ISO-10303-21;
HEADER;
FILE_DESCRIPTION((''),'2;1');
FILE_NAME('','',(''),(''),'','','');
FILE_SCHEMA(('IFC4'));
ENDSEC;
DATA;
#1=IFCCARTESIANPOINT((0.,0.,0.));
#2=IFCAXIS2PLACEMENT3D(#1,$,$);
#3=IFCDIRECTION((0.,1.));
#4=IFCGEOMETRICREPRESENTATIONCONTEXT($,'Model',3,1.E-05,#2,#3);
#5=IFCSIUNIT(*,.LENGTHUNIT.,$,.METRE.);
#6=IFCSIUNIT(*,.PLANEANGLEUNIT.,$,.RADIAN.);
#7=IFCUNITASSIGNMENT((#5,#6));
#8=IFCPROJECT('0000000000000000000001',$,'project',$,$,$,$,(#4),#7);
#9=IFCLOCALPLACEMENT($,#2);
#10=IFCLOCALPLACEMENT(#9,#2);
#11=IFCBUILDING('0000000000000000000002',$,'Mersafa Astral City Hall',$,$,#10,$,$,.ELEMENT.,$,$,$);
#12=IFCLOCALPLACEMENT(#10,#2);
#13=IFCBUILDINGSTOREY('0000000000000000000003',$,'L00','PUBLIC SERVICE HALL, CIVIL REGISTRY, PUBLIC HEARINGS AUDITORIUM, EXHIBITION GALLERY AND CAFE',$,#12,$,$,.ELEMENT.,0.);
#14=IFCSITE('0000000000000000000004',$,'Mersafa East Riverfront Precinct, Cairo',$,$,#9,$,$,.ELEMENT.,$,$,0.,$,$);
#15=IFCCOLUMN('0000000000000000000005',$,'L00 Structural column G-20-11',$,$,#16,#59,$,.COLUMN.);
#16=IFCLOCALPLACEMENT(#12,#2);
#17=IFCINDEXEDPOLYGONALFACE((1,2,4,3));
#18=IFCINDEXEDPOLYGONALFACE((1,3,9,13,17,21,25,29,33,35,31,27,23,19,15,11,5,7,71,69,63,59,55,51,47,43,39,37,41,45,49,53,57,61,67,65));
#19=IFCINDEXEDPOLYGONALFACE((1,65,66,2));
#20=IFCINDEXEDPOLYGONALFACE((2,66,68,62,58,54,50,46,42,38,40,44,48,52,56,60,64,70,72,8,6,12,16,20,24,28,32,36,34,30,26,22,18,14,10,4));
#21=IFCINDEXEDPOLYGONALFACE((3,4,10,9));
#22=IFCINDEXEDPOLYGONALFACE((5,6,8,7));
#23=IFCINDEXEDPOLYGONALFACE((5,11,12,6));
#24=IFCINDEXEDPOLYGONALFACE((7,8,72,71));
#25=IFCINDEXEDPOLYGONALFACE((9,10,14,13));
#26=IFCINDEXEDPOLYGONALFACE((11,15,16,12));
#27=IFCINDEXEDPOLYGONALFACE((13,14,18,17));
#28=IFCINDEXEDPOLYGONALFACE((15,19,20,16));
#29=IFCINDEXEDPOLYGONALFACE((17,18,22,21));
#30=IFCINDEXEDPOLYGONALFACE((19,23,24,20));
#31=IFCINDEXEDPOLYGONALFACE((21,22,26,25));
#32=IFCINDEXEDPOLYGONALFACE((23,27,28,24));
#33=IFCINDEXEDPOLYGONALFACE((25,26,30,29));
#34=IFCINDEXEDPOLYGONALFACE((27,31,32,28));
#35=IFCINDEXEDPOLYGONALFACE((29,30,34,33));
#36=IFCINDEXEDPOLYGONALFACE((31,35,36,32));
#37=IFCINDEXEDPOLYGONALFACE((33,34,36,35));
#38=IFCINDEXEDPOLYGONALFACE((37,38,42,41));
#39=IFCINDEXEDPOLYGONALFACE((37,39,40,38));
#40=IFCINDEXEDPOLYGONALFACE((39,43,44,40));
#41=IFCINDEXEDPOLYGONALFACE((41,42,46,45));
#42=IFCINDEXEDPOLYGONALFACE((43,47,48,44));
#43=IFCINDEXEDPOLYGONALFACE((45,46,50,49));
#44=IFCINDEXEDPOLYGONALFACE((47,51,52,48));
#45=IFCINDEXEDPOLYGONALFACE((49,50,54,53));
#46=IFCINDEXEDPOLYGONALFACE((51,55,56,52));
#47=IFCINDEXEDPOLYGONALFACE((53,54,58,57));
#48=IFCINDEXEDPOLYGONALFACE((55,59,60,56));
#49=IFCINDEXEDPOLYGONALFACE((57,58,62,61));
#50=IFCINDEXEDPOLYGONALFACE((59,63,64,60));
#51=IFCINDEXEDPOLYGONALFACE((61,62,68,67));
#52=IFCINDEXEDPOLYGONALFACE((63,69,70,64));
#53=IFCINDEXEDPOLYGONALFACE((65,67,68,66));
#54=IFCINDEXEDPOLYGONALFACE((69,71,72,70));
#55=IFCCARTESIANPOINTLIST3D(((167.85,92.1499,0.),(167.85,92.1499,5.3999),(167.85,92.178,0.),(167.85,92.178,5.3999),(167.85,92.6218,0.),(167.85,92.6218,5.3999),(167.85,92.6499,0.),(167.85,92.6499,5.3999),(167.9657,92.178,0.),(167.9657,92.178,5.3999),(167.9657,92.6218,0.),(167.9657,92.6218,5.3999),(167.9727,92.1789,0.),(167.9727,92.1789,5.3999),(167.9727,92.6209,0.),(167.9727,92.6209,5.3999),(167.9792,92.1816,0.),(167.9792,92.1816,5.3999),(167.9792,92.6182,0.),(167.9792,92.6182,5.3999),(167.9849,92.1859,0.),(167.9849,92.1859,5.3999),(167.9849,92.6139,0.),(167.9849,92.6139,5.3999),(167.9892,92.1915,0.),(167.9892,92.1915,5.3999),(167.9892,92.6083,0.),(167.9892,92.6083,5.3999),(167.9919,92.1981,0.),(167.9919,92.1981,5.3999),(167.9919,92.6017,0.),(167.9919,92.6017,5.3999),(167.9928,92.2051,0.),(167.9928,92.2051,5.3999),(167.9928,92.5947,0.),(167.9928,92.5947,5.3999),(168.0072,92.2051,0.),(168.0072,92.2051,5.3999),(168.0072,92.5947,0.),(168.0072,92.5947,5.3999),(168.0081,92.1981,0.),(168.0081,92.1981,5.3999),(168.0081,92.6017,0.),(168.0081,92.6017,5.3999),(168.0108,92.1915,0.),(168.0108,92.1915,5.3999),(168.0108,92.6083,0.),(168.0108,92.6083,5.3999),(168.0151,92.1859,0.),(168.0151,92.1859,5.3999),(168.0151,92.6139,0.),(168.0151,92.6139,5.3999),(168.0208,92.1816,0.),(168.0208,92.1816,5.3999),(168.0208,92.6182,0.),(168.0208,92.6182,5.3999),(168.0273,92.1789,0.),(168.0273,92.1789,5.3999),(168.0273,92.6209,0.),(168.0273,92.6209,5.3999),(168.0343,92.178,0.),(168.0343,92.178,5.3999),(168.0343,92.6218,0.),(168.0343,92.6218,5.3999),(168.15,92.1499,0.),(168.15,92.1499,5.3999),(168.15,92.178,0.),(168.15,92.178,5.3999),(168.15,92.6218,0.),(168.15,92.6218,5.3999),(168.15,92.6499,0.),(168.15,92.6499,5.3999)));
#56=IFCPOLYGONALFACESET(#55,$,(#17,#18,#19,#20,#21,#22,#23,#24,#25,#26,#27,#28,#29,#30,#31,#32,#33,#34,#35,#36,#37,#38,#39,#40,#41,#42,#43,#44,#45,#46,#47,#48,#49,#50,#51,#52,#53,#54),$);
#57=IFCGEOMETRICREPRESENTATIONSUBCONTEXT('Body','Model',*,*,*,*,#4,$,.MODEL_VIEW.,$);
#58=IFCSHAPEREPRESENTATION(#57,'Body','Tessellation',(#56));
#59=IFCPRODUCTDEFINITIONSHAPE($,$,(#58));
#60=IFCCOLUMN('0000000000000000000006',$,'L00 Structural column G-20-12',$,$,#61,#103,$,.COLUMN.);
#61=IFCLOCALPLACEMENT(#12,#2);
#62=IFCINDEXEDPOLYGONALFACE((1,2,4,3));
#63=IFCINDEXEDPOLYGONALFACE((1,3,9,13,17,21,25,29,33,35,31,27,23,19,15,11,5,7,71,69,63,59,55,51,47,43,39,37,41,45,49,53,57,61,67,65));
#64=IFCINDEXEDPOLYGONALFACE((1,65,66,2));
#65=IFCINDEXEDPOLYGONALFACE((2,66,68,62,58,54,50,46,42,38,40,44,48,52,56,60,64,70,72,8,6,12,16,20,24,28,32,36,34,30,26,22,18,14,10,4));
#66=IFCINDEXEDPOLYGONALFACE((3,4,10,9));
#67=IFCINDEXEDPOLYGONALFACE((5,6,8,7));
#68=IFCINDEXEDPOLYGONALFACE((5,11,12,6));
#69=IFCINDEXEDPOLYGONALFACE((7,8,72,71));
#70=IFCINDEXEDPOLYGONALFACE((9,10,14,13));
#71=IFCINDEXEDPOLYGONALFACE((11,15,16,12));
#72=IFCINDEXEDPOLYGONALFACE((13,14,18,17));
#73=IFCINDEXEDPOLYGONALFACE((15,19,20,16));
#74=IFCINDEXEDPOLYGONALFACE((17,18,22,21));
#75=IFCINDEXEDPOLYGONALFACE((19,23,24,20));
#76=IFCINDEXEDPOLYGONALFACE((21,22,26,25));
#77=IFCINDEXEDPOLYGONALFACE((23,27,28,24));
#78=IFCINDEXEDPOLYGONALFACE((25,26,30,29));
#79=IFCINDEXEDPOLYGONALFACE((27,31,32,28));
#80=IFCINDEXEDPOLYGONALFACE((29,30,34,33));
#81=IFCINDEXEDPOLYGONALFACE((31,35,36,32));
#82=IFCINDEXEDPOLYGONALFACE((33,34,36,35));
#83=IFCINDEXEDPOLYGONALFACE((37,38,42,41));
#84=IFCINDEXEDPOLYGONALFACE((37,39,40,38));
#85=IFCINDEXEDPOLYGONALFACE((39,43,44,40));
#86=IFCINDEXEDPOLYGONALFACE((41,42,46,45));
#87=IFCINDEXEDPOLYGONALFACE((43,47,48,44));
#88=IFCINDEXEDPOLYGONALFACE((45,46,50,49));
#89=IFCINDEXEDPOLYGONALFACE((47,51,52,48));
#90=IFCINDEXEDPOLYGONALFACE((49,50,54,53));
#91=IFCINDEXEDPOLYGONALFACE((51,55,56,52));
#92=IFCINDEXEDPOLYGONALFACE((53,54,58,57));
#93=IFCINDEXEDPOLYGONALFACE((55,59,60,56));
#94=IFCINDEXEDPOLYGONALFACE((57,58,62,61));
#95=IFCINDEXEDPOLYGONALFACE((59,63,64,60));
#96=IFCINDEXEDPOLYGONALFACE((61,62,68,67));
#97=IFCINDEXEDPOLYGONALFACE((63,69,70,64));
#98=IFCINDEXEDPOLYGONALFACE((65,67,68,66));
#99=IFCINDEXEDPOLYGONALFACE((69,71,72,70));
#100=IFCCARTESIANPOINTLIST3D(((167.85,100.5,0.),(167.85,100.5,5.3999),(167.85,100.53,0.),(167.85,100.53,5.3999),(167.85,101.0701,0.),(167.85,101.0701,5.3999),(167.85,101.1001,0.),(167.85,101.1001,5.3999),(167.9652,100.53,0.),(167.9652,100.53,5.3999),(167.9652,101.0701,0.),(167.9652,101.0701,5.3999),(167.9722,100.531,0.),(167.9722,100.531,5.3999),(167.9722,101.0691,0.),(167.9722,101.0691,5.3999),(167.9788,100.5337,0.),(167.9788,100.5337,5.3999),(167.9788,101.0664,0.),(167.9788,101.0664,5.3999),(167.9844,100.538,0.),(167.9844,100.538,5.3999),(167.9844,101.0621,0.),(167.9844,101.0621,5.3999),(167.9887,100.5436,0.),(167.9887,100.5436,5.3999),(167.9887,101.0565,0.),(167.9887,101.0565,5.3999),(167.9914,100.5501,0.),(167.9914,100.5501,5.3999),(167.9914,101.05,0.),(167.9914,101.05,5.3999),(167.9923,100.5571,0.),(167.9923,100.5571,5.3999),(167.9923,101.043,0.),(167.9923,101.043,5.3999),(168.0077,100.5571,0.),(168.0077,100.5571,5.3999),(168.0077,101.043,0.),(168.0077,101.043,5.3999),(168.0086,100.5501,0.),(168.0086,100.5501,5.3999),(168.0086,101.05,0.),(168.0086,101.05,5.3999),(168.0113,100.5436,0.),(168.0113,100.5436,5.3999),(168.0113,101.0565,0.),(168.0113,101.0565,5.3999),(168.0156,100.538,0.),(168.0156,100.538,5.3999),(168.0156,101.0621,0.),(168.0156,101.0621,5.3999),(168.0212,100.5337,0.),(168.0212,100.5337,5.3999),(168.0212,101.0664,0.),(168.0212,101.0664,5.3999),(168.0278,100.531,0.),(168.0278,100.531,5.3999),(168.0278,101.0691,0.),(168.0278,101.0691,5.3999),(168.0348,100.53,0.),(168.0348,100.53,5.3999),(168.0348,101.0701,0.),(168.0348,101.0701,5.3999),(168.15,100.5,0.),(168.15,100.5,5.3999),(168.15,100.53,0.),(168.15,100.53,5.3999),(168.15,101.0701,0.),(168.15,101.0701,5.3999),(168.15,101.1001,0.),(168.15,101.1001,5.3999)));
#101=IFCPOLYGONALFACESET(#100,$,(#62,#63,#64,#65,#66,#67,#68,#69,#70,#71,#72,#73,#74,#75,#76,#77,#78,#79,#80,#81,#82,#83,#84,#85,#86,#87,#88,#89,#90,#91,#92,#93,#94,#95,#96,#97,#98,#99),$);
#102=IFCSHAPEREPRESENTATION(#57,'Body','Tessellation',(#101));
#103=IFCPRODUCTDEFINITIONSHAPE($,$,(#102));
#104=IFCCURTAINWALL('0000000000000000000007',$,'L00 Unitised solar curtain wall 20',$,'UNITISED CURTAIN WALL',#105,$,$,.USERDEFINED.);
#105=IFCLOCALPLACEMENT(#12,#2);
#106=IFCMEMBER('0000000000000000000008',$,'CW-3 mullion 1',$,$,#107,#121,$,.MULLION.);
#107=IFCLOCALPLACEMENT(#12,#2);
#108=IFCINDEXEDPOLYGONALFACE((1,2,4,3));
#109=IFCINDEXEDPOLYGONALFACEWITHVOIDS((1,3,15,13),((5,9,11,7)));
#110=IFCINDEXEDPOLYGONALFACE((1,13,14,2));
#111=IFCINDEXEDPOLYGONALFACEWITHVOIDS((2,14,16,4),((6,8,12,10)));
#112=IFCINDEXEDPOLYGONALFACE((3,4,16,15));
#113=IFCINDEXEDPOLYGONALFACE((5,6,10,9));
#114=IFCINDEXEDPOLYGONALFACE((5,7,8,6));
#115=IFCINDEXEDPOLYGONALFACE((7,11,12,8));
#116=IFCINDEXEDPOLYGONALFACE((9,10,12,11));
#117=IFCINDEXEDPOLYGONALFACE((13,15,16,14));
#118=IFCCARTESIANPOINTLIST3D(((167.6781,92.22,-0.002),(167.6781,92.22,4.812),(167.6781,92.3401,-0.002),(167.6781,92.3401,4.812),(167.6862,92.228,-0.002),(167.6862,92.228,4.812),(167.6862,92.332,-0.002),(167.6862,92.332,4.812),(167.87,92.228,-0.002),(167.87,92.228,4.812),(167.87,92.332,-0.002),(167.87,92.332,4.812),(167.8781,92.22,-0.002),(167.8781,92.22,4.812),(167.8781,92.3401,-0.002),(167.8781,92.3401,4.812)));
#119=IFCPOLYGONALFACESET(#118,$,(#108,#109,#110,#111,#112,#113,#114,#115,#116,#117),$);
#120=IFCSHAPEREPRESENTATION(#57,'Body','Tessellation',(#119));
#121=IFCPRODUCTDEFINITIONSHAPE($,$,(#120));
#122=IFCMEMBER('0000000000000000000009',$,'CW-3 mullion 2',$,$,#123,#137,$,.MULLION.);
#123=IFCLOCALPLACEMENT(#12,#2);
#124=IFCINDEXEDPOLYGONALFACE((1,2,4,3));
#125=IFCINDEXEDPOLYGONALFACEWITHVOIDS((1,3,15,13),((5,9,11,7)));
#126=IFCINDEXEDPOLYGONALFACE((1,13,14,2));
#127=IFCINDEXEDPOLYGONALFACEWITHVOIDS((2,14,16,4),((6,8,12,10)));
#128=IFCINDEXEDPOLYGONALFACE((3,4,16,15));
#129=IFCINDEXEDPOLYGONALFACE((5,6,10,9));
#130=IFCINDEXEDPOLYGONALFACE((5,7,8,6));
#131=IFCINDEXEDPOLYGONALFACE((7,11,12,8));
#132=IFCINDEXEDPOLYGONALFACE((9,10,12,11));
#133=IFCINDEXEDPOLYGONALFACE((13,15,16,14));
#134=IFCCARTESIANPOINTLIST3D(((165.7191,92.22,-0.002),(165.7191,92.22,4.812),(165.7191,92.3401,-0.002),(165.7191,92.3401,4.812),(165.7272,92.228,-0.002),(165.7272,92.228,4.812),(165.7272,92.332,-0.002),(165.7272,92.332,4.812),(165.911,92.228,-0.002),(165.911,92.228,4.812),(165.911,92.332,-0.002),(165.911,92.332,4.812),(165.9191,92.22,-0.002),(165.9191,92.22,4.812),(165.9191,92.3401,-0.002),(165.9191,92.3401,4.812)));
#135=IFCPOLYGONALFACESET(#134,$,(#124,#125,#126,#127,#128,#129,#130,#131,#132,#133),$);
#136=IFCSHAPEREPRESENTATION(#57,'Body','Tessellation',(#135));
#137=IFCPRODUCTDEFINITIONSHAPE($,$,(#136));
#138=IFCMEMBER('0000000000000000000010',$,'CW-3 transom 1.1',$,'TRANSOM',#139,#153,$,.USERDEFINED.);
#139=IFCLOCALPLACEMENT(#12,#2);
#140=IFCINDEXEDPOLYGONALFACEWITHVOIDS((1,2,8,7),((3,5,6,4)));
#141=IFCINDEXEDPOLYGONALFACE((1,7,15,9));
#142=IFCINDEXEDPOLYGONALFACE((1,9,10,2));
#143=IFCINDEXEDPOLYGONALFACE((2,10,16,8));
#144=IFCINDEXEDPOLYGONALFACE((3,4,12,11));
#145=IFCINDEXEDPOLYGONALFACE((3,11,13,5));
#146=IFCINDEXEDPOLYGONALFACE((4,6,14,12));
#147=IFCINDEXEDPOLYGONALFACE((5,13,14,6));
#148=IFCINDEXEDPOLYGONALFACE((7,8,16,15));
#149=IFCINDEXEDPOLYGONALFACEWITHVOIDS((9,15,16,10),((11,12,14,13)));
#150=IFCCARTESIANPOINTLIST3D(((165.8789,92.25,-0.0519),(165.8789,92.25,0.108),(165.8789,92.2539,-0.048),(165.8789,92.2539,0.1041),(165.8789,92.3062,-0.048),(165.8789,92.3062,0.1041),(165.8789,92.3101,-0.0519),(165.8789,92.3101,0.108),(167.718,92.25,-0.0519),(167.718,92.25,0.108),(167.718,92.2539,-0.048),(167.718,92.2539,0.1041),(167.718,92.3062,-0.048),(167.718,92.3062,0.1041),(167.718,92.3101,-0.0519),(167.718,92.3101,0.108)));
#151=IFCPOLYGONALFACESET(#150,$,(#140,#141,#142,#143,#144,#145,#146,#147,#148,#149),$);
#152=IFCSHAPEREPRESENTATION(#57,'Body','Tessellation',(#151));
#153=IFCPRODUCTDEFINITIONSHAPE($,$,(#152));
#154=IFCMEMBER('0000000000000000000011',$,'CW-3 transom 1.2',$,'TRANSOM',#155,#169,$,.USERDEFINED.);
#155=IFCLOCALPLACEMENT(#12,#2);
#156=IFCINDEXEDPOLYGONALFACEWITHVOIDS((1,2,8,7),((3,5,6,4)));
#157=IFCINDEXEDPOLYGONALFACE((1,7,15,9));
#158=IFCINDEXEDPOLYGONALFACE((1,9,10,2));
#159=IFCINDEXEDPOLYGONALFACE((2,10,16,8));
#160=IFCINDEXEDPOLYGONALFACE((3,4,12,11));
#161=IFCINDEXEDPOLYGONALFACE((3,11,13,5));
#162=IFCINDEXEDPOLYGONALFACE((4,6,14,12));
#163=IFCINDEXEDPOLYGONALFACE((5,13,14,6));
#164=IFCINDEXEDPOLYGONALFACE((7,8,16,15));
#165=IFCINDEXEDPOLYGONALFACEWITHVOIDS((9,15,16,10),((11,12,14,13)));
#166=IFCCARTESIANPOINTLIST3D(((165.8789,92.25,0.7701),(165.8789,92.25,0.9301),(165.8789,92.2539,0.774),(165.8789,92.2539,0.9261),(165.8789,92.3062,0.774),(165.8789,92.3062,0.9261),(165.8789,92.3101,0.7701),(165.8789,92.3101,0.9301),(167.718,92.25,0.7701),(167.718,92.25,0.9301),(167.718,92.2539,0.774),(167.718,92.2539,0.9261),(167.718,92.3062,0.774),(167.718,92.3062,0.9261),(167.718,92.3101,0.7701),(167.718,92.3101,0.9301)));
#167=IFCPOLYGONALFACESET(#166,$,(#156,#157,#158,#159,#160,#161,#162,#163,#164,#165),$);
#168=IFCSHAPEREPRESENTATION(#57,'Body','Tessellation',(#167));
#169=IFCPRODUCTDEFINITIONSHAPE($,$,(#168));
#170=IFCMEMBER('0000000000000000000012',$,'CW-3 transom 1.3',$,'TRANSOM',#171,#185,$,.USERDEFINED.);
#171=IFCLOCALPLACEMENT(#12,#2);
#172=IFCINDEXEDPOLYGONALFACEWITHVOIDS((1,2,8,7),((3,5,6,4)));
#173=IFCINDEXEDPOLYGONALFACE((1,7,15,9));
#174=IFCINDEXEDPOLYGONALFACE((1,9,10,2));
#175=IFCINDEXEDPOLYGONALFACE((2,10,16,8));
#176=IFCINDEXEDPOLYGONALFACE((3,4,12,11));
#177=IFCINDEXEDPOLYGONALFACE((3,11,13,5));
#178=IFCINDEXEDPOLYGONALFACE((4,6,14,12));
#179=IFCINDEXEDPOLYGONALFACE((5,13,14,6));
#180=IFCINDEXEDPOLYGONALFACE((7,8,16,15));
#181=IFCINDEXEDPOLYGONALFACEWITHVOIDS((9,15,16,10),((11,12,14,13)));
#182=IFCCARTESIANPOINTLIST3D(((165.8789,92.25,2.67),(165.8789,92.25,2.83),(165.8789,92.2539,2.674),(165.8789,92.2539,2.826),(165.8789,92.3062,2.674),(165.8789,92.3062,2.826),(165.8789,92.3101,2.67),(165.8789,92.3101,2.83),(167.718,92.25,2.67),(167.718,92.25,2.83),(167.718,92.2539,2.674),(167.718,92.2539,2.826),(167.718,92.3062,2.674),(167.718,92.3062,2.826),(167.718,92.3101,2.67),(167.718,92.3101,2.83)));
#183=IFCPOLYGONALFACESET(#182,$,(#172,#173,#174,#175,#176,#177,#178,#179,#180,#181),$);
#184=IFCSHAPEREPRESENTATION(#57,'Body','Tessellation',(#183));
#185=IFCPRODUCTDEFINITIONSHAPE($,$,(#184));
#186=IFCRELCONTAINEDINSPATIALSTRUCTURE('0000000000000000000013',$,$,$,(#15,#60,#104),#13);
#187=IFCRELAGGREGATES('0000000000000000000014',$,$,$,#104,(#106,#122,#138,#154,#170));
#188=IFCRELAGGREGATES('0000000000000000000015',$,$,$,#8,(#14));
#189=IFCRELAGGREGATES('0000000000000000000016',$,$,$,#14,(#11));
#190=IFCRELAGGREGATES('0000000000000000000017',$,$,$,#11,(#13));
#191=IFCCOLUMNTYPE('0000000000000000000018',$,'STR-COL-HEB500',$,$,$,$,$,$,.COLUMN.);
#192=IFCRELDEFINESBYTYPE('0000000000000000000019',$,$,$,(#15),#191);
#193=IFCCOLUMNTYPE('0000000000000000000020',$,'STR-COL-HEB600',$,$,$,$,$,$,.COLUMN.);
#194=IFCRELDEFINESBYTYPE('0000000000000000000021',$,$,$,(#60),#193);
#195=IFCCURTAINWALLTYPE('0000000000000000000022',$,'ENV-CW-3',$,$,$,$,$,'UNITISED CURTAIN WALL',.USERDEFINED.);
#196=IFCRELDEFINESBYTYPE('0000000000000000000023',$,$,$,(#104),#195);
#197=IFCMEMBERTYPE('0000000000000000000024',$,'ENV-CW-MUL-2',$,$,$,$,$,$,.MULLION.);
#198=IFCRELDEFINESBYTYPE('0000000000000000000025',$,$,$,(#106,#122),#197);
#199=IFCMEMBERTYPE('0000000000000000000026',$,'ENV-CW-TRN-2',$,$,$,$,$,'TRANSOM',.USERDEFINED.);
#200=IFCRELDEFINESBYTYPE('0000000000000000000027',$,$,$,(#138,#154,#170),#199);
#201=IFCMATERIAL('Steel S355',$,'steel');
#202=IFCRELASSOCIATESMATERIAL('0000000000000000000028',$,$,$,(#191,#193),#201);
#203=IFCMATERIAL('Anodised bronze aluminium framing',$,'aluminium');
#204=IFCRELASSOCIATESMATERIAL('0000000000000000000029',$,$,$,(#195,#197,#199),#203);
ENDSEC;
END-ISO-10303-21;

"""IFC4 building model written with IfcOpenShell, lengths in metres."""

from ifc_helpers import new_model, si_unit, direction, frame, origin, origin_2d, place, context, subcontext, project, spatial, hollow_rectangle, i_section, extrude, material, material_profile, profile_set, type_object, element, aggregate, save


model = new_model("IFC4")

# Units and contexts
model_context = context("Model", 3, precision=1e-05, world=origin(), true_north=direction((0.0, 1.0)))
body_context = subcontext(model_context, "Body", "Model", "MODEL_VIEW")
ifc_project = project(units=[si_unit("LENGTHUNIT", "METRE"), si_unit("PLANEANGLEUNIT", "RADIAN")], contexts=[model_context])

# Site, building, storey
site_placement = place(None, origin())
site = spatial("IfcSite", under=ifc_project, at=site_placement, Name="Mersafa East Riverfront Precinct, Cairo", CompositionType="ELEMENT", RefElevation=0.0)
building_placement = place(site_placement, origin())
building = spatial("IfcBuilding", under=site, at=building_placement, Name="Mersafa Astral City Hall", CompositionType="ELEMENT")
storey_placement = place(building_placement, origin())
storey = spatial("IfcBuildingStorey", under=building, at=storey_placement, Name="L00", Description="PUBLIC SERVICE HALL, CIVIL REGISTRY, PUBLIC HEARINGS AUDITORIUM, EXHIBITION GALLERY AND CAFE", CompositionType="ELEMENT", Elevation=0.0)

# Columns
ifc_material_1 = material(Name="Steel S355", Category="steel")
ifc_material_profile_1 = material_profile(ifc_material_1, i_section(OverallWidth=0.3, OverallDepth=0.5, WebThickness=0.0144, FlangeThickness=0.0281, FilletRadius=0.0271, at=origin_2d()), Name="HEB 500")
ifc_profile_set_1 = profile_set([ifc_material_profile_1], Name="Steel S355")
column_type_1 = type_object("IfcColumnType", Name="STR-COL-HEB500", PredefinedType="COLUMN", material=ifc_profile_set_1)
column_1_placement = place(storey_placement, frame((168.0, 92.3999, 0.0), z_axis=(0.0, 0.0, 1.0), x_axis=(1.0, 0.0, 0.0)))
element("IfcColumn", 1, at=column_1_placement, inside=storey, type_object=column_type_1, Name="L00 Structural column G-20-11", PredefinedType="COLUMN", context=body_context, shape_type="SweptSolid", body=[
    extrude(i_section(OverallWidth=0.3, OverallDepth=0.5, WebThickness=0.0144, FlangeThickness=0.0281, FilletRadius=0.0271, at=origin_2d()), origin(), (0.0, 0.0, 1.0), 5.3999),
])
ifc_material_profile_2 = material_profile(ifc_material_1, i_section(OverallWidth=0.3, OverallDepth=0.6001, WebThickness=0.0154, FlangeThickness=0.03, FilletRadius=0.0271, at=origin_2d()), Name="HEB 600")
ifc_profile_set_2 = profile_set([ifc_material_profile_2], Name="Steel S355")
column_type_2 = type_object("IfcColumnType", Name="STR-COL-HEB600", PredefinedType="COLUMN", material=ifc_profile_set_2)
column_2_placement = place(storey_placement, frame((168.0, 100.8, 0.0), z_axis=(0.0, 0.0, 1.0), x_axis=(1.0, 0.0, 0.0)))
element("IfcColumn", 2, at=column_2_placement, inside=storey, type_object=column_type_2, Name="L00 Structural column G-20-12", PredefinedType="COLUMN", context=body_context, shape_type="SweptSolid", body=[
    extrude(i_section(OverallWidth=0.3, OverallDepth=0.6001, WebThickness=0.0154, FlangeThickness=0.03, FilletRadius=0.0271, at=origin_2d()), origin(), (0.0, 0.0, 1.0), 5.3999),
])

# Curtain wall, members
ifc_material_2 = material(Name="Anodised bronze aluminium framing", Category="aluminium")
curtain_wall_type = type_object("IfcCurtainWallType", Name="ENV-CW-3", ElementType="UNITISED CURTAIN WALL", PredefinedType="USERDEFINED", material=ifc_material_2)
curtain_wall_placement = place(storey_placement, origin())
curtain_wall = element("IfcCurtainWall", 3, at=curtain_wall_placement, inside=storey, type_object=curtain_wall_type, Name="L00 Unitised solar curtain wall 20", ObjectType="UNITISED CURTAIN WALL", PredefinedType="USERDEFINED")
ifc_material_profile_3 = material_profile(ifc_material_2, hollow_rectangle(XDim=0.1201, YDim=0.2, WallThickness=0.0081, at=origin_2d()), Name="RHS 120x200x8")
ifc_profile_set_3 = profile_set([ifc_material_profile_3], Name="Anodised bronze aluminium framing")
member_type_1 = type_object("IfcMemberType", Name="ENV-CW-MUL-2", PredefinedType="MULLION", material=ifc_profile_set_3)
member_1_placement = place(storey_placement, frame((167.7781, 92.28, -0.002), z_axis=(0.0, 0.0, 1.0), x_axis=(0.0, -1.0, 0.0)))
member_1 = element("IfcMember", 4, at=member_1_placement, type_object=member_type_1, Name="CW-3 mullion 1", PredefinedType="MULLION", context=body_context, shape_type="SweptSolid", body=[
    extrude(hollow_rectangle(XDim=0.1201, YDim=0.2, WallThickness=0.0081, at=origin_2d()), origin(), (0.0, 0.0, 1.0), 4.814),
])
member_2_placement = place(storey_placement, frame((165.8191, 92.28, -0.002), z_axis=(0.0, 0.0, 1.0), x_axis=(0.0, -1.0, 0.0)))
member_2 = element("IfcMember", 5, at=member_2_placement, type_object=member_type_1, Name="CW-3 mullion 2", PredefinedType="MULLION", context=body_context, shape_type="SweptSolid", body=[
    extrude(hollow_rectangle(XDim=0.1201, YDim=0.2, WallThickness=0.0081, at=origin_2d()), origin(), (0.0, 0.0, 1.0), 4.814),
])
ifc_material_profile_4 = material_profile(ifc_material_2, hollow_rectangle(XDim=0.0601, YDim=0.1599, WallThickness=0.0039, at=origin_2d()), Name="RHS 60x160x4")
ifc_profile_set_4 = profile_set([ifc_material_profile_4], Name="Anodised bronze aluminium framing")
member_type_2 = type_object("IfcMemberType", Name="ENV-CW-TRN-2", ElementType="TRANSOM", PredefinedType="USERDEFINED", material=ifc_profile_set_4)
member_3_placement = place(storey_placement, frame((167.718, 92.28, 0.0281), z_axis=(-1.0, 0.0, 0.0), x_axis=(0.0, -1.0, 0.0)))
member_3 = element("IfcMember", 6, at=member_3_placement, type_object=member_type_2, Name="CW-3 transom 1.1", ObjectType="TRANSOM", PredefinedType="USERDEFINED", context=body_context, shape_type="SweptSolid", body=[
    extrude(hollow_rectangle(XDim=0.0601, YDim=0.1599, WallThickness=0.0039, at=origin_2d()), origin(), (0.0, 0.0, 1.0), 1.8391),
])
member_4_placement = place(storey_placement, frame((167.718, 92.28, 0.8501), z_axis=(-1.0, 0.0, 0.0), x_axis=(0.0, -1.0, 0.0)))
member_4 = element("IfcMember", 7, at=member_4_placement, type_object=member_type_2, Name="CW-3 transom 1.2", ObjectType="TRANSOM", PredefinedType="USERDEFINED", context=body_context, shape_type="SweptSolid", body=[
    extrude(hollow_rectangle(XDim=0.0601, YDim=0.1599, WallThickness=0.0039, at=origin_2d()), origin(), (0.0, 0.0, 1.0), 1.8391),
])
member_5_placement = place(storey_placement, frame((167.718, 92.28, 2.75), z_axis=(-1.0, 0.0, 0.0), x_axis=(0.0, -1.0, 0.0)))
member_5 = element("IfcMember", 8, at=member_5_placement, type_object=member_type_2, Name="CW-3 transom 1.3", ObjectType="TRANSOM", PredefinedType="USERDEFINED", context=body_context, shape_type="SweptSolid", body=[
    extrude(hollow_rectangle(XDim=0.0601, YDim=0.1599, WallThickness=0.0039, at=origin_2d()), origin(), (0.0, 0.0, 1.0), 1.8391),
])

aggregate(curtain_wall, [member_1, member_2, member_3, member_4, member_5])

save(model, "model.ifc")
